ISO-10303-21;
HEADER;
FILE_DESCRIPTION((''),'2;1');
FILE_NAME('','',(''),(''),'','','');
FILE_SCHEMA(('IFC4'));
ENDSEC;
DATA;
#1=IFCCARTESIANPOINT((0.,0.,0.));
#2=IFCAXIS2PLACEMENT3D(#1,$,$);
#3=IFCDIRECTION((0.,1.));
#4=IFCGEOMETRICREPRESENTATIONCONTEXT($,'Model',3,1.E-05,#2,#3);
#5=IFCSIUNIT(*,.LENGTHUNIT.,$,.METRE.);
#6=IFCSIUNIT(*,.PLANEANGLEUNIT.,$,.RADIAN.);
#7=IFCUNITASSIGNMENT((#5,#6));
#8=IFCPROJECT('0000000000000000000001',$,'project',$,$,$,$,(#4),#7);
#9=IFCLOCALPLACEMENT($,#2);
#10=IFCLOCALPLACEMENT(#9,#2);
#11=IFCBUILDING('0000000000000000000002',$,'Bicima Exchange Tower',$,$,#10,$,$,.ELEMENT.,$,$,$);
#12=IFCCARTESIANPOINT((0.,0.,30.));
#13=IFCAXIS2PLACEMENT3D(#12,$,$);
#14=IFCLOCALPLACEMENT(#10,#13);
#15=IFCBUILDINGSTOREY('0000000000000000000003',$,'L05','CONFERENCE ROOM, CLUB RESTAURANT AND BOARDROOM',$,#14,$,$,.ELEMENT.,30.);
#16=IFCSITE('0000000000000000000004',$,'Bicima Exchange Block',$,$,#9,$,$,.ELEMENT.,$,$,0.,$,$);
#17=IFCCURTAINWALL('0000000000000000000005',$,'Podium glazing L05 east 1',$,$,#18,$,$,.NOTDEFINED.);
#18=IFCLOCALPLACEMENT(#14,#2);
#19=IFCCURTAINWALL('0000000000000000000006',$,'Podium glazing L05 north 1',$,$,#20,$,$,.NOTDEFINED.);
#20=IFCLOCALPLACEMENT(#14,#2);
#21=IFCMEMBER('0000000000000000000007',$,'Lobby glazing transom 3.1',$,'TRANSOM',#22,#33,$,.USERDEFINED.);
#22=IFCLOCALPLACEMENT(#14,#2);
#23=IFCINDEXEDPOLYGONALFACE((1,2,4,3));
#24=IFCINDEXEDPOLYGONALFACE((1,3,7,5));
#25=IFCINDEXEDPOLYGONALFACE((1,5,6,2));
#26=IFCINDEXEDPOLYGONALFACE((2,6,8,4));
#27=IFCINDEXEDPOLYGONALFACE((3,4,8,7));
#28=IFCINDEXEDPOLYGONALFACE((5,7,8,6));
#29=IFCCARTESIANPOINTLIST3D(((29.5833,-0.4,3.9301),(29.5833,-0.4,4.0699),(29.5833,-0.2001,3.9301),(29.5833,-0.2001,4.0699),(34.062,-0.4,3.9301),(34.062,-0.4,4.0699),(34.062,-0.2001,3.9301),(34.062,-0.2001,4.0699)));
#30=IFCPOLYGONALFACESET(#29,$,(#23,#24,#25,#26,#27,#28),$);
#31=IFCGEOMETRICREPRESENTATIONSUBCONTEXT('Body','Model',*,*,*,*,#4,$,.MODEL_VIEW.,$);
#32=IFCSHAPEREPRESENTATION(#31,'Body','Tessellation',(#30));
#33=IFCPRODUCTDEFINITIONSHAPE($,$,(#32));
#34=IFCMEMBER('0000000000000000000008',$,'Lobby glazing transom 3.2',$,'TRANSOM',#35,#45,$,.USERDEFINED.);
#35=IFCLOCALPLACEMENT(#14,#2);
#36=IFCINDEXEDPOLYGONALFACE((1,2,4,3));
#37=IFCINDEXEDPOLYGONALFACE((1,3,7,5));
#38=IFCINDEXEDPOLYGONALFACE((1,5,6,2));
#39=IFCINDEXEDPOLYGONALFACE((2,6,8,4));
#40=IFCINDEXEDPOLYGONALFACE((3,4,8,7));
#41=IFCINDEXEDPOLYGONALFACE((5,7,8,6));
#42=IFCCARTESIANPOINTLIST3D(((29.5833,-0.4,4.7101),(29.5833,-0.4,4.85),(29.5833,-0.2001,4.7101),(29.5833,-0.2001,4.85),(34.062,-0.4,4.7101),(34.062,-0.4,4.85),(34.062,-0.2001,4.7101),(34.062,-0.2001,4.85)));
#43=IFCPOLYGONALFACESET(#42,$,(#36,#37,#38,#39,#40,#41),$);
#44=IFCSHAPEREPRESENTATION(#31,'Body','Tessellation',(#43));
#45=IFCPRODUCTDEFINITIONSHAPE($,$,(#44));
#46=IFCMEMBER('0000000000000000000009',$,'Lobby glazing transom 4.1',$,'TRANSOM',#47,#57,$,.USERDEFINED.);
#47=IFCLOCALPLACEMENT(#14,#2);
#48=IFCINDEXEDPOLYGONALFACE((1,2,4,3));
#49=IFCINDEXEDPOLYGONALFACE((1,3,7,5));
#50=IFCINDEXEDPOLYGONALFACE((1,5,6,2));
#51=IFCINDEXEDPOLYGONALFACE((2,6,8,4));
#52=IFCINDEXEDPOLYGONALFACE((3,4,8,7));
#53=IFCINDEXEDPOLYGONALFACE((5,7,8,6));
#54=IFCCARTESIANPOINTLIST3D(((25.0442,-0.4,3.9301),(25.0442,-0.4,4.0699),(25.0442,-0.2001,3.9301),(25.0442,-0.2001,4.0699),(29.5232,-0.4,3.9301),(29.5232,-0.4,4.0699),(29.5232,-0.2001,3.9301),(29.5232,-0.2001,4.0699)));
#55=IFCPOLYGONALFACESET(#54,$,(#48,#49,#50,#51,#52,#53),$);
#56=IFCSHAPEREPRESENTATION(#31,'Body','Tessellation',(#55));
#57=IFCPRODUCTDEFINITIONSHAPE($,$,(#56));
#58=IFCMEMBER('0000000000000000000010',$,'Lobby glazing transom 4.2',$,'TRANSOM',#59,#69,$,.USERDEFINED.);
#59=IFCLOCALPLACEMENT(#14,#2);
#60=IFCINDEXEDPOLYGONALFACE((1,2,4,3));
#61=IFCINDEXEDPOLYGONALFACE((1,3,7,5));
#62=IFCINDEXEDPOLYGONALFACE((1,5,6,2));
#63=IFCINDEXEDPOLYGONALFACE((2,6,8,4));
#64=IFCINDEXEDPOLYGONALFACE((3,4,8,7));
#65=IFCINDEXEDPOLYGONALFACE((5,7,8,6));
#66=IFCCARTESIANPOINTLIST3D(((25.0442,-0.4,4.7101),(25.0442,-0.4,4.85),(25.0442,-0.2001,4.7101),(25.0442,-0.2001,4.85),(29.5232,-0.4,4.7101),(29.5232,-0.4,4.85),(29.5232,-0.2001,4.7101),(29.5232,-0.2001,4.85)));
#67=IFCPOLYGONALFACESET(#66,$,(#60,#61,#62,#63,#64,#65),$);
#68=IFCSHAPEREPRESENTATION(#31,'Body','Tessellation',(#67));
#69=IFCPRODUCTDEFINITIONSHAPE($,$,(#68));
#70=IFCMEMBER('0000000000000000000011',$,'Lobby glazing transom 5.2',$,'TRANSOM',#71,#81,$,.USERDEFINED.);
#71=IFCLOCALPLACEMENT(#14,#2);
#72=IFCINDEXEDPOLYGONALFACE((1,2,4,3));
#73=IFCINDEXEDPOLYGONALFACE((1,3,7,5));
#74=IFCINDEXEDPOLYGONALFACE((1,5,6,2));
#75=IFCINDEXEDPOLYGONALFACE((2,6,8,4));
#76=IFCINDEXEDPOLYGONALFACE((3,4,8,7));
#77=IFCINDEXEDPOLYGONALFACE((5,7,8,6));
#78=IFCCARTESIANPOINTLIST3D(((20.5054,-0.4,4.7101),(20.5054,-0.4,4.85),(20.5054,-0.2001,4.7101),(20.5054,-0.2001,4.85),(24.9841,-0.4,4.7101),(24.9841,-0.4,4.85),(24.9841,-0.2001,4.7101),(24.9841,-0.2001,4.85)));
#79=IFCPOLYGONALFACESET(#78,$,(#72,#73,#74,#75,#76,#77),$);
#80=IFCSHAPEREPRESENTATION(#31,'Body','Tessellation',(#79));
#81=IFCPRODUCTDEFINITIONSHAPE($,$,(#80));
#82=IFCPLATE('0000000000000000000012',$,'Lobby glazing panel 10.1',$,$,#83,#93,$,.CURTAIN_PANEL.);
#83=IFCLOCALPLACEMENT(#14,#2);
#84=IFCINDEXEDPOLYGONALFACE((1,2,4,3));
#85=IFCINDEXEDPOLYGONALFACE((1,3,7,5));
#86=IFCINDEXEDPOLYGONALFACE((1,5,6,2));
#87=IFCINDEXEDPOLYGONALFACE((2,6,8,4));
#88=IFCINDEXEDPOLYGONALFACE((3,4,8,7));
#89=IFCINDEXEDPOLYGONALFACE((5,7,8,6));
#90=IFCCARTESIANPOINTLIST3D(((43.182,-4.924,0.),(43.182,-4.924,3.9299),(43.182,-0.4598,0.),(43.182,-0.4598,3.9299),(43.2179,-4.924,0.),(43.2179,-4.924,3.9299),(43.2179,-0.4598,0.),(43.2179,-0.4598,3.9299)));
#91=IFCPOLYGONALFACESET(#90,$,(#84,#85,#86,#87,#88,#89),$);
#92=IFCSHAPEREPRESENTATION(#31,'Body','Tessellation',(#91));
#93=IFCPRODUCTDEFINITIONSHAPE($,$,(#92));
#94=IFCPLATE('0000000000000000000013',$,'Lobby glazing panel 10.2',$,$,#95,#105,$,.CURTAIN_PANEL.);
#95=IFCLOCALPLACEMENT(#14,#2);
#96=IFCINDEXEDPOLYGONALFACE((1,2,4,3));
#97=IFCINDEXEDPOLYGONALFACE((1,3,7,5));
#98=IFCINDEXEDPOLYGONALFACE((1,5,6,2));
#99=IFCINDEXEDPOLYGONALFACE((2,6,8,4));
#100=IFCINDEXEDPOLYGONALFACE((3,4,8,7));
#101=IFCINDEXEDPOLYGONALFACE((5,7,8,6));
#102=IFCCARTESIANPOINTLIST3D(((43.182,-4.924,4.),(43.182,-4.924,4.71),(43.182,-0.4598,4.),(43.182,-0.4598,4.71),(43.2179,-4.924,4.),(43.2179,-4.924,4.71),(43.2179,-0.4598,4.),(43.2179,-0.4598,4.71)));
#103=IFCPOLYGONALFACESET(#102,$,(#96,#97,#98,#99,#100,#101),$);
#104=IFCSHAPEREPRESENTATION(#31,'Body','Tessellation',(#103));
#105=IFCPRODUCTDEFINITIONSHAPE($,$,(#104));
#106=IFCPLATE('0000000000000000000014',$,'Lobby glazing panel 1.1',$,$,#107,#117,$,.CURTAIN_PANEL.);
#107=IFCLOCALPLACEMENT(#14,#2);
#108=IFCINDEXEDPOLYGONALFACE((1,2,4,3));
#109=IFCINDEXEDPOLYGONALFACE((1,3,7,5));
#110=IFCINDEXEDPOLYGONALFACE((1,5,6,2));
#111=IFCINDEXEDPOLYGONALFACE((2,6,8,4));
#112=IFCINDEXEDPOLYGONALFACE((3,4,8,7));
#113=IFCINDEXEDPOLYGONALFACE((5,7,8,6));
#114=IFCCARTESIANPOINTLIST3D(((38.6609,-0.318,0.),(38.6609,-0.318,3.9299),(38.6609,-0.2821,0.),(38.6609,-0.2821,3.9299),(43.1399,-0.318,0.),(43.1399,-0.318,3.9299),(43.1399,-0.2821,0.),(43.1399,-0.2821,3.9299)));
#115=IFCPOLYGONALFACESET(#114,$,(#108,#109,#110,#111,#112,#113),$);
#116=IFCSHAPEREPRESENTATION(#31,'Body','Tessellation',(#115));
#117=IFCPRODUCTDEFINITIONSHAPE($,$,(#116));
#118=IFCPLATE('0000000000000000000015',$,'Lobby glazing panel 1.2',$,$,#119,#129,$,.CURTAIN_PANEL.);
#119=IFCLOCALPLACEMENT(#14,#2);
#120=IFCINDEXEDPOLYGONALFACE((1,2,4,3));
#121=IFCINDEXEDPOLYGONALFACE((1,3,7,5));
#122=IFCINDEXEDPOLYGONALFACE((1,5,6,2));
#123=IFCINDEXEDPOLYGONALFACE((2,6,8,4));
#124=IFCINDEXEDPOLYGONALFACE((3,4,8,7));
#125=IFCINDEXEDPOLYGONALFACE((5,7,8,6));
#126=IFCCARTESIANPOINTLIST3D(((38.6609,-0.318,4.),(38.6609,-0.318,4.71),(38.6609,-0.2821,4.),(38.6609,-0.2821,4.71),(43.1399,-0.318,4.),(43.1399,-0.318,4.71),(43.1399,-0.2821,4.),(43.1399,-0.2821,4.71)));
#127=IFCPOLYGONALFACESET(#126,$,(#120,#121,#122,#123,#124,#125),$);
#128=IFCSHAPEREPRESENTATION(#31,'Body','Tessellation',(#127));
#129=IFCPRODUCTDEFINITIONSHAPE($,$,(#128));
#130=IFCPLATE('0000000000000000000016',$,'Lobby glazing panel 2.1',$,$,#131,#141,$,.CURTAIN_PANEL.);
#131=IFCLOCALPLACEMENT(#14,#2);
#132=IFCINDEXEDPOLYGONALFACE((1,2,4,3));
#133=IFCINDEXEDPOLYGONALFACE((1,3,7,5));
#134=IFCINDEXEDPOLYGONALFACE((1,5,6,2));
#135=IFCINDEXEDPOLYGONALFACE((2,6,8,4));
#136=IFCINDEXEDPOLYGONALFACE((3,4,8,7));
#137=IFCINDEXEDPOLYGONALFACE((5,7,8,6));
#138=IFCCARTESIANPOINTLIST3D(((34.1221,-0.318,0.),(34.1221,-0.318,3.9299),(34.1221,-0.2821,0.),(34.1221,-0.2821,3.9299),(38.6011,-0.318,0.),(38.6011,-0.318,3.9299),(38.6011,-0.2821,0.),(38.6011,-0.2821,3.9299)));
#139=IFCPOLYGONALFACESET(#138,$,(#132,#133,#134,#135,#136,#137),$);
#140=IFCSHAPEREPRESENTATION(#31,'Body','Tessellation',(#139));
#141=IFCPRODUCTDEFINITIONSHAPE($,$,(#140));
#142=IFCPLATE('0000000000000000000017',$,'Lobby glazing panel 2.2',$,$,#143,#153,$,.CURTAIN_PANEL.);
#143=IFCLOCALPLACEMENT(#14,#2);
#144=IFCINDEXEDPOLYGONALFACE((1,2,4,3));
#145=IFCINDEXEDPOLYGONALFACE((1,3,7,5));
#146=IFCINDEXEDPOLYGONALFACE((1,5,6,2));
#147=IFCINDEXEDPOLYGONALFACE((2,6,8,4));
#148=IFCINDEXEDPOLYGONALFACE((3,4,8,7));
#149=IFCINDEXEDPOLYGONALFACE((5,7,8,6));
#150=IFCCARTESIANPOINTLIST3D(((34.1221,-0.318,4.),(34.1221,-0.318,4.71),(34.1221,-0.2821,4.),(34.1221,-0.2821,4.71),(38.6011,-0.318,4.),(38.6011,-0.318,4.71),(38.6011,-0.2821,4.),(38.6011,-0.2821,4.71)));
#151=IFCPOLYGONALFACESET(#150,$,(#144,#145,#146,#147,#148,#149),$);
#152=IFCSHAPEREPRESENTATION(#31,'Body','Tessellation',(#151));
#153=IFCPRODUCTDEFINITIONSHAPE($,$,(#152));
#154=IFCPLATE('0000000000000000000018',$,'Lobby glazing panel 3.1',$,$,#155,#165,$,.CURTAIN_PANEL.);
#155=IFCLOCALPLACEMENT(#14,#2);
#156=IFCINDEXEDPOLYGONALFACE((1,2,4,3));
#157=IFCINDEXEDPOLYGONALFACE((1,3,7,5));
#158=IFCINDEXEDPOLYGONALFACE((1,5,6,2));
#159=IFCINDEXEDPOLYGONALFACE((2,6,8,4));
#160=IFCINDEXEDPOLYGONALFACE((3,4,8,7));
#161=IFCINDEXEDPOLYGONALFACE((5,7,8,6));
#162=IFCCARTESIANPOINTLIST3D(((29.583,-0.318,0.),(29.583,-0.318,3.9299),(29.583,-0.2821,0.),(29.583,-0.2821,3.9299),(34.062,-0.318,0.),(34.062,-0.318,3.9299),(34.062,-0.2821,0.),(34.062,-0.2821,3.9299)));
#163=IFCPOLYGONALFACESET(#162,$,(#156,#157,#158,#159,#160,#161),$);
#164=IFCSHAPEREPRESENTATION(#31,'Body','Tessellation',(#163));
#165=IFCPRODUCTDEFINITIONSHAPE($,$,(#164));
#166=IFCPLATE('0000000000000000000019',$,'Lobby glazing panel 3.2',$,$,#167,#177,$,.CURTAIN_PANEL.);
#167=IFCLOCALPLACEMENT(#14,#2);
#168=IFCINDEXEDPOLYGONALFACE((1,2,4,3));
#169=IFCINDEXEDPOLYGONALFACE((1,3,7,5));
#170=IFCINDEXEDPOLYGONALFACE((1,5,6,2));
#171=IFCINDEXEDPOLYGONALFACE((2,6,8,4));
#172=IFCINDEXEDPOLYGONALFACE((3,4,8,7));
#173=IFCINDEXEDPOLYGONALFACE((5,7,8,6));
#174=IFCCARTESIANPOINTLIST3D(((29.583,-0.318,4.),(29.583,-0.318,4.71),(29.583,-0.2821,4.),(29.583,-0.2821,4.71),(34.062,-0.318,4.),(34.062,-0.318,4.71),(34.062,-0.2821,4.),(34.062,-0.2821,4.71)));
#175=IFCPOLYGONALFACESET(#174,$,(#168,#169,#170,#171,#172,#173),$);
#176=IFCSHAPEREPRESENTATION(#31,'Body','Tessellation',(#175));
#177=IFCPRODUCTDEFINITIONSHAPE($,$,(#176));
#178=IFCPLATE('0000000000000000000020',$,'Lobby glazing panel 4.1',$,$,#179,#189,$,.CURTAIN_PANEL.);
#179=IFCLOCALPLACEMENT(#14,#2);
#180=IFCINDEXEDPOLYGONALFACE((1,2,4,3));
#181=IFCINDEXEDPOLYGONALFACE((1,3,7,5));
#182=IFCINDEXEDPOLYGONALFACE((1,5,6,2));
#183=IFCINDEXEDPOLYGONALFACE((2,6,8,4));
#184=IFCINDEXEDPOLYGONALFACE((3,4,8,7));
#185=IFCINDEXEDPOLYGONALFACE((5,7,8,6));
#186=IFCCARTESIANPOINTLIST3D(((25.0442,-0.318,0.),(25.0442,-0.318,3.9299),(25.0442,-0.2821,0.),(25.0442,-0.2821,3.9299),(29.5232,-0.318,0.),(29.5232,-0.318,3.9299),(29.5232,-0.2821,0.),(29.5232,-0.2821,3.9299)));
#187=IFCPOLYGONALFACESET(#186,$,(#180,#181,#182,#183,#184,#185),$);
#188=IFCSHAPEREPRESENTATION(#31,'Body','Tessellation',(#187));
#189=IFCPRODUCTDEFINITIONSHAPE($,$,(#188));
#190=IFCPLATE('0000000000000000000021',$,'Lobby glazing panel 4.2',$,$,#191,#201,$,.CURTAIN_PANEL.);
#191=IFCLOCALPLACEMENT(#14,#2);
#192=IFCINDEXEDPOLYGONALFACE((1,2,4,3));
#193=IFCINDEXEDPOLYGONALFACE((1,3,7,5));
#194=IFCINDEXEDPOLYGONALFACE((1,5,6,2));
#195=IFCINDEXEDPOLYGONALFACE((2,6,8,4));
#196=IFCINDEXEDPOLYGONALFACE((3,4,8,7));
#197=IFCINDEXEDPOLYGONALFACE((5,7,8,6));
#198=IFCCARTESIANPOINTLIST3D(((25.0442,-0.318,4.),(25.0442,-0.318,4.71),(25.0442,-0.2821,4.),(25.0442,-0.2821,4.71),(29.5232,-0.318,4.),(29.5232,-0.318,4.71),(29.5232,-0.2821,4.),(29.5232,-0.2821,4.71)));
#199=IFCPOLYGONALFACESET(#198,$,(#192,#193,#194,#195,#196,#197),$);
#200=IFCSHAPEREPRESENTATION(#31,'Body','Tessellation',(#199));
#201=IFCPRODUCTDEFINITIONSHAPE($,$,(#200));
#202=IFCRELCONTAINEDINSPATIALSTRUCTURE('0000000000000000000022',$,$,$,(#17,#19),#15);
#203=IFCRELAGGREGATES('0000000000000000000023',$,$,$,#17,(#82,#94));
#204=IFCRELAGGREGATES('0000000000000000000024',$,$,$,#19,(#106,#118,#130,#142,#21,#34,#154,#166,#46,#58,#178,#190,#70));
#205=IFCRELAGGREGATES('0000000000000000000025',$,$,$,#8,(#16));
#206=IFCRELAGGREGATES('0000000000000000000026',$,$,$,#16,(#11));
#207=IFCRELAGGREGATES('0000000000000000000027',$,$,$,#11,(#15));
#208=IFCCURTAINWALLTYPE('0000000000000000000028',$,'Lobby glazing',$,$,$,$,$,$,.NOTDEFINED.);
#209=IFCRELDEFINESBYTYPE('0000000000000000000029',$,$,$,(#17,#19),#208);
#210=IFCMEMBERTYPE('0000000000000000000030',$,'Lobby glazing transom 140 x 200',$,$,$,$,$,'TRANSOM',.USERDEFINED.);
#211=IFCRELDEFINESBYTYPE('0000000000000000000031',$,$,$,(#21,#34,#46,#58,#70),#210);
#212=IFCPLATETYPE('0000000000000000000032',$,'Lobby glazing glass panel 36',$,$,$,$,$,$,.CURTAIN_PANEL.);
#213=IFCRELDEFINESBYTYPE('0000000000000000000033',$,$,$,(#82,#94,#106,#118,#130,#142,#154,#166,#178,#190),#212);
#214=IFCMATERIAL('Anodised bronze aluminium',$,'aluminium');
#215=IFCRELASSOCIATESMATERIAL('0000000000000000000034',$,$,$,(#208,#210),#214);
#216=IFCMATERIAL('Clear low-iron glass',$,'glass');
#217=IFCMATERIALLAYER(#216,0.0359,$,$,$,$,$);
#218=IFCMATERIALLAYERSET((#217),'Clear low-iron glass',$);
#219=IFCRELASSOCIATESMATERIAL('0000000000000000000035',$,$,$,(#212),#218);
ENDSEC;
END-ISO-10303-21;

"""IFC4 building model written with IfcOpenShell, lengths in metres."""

from ifc_helpers import new_model, si_unit, direction, frame, origin, origin_2d, place, context, subcontext, project, spatial, rectangle, extrude, material, layer, layer_set, material_profile, profile_set, type_object, element, aggregate, save


model = new_model("IFC4")

# Units and contexts
model_context = context("Model", 3, precision=1e-05, world=origin(), true_north=direction((0.0, 1.0)))
body_context = subcontext(model_context, "Body", "Model", "MODEL_VIEW")
ifc_project = project(units=[si_unit("LENGTHUNIT", "METRE"), si_unit("PLANEANGLEUNIT", "RADIAN")], contexts=[model_context])

# Site, building, storey
site_placement = place(None, origin())
site = spatial("IfcSite", under=ifc_project, at=site_placement, Name="Bicima Exchange Block", CompositionType="ELEMENT", RefElevation=0.0)
building_placement = place(site_placement, origin())
building = spatial("IfcBuilding", under=site, at=building_placement, Name="Bicima Exchange Tower", CompositionType="ELEMENT")
storey_placement = place(building_placement, frame((0.0, 0.0, 30.0)))
storey = spatial("IfcBuildingStorey", under=building, at=storey_placement, Name="L05", Description="CONFERENCE ROOM, CLUB RESTAURANT AND BOARDROOM", CompositionType="ELEMENT", Elevation=30.0)

# Curtain wall
ifc_material_1 = material(Name="Anodised bronze aluminium", Category="aluminium")
curtain_wall_type = type_object("IfcCurtainWallType", Name="Lobby glazing", PredefinedType="NOTDEFINED", material=ifc_material_1)
curtain_wall_1_placement = place(storey_placement, origin())
curtain_wall_1 = element("IfcCurtainWall", 1, at=curtain_wall_1_placement, inside=storey, type_object=curtain_wall_type, Name="Podium glazing L05 east 1", PredefinedType="NOTDEFINED")

# Curtain wall
curtain_wall_2_placement = place(storey_placement, origin())
curtain_wall_2 = element("IfcCurtainWall", 2, at=curtain_wall_2_placement, inside=storey, type_object=curtain_wall_type, Name="Podium glazing L05 north 1", PredefinedType="NOTDEFINED")

# Members
ifc_material_profile_1 = material_profile(ifc_material_1, rectangle(XDim=0.2, YDim=0.1399, at=origin_2d()))
ifc_profile_set_1 = profile_set([ifc_material_profile_1], Name="Anodised bronze aluminium")
member_type_1 = type_object("IfcMemberType", Name="Lobby glazing transom 140 x 200", ElementType="TRANSOM", PredefinedType="USERDEFINED", material=ifc_profile_set_1)
member_1_placement = place(storey_placement, frame((34.062, -0.3, 4.0), z_axis=(-1.0, 0.0, 0.0), x_axis=(0.0, -1.0, 0.0)))
member_1 = element("IfcMember", 3, at=member_1_placement, type_object=member_type_1, Name="Lobby glazing transom 3.1", ObjectType="TRANSOM", PredefinedType="USERDEFINED", context=body_context, shape_type="SweptSolid", body=[
    extrude(rectangle(XDim=0.2, YDim=0.1399, at=origin_2d()), origin(), (0.0, 0.0, 1.0), 4.4788),
])
member_2_placement = place(storey_placement, frame((34.062, -0.3, 4.78), z_axis=(-1.0, 0.0, 0.0), x_axis=(0.0, -1.0, 0.0)))
member_2 = element("IfcMember", 4, at=member_2_placement, type_object=member_type_1, Name="Lobby glazing transom 3.2", ObjectType="TRANSOM", PredefinedType="USERDEFINED", context=body_context, shape_type="SweptSolid", body=[
    extrude(rectangle(XDim=0.2, YDim=0.1399, at=origin_2d()), origin(), (0.0, 0.0, 1.0), 4.4788),
])
member_3_placement = place(storey_placement, frame((29.5232, -0.3, 4.0), z_axis=(-1.0, 0.0, 0.0), x_axis=(0.0, -1.0, 0.0)))
member_3 = element("IfcMember", 5, at=member_3_placement, type_object=member_type_1, Name="Lobby glazing transom 4.1", ObjectType="TRANSOM", PredefinedType="USERDEFINED", context=body_context, shape_type="SweptSolid", body=[
    extrude(rectangle(XDim=0.2, YDim=0.1399, at=origin_2d()), origin(), (0.0, 0.0, 1.0), 4.479),
])
member_4_placement = place(storey_placement, frame((29.5232, -0.3, 4.78), z_axis=(-1.0, 0.0, 0.0), x_axis=(0.0, -1.0, 0.0)))
member_4 = element("IfcMember", 6, at=member_4_placement, type_object=member_type_1, Name="Lobby glazing transom 4.2", ObjectType="TRANSOM", PredefinedType="USERDEFINED", context=body_context, shape_type="SweptSolid", body=[
    extrude(rectangle(XDim=0.2, YDim=0.1399, at=origin_2d()), origin(), (0.0, 0.0, 1.0), 4.479),
])
member_5_placement = place(storey_placement, frame((24.9841, -0.3, 4.78), z_axis=(-1.0, 0.0, 0.0), x_axis=(0.0, -1.0, 0.0)))
member_5 = element("IfcMember", 7, at=member_5_placement, type_object=member_type_1, Name="Lobby glazing transom 5.2", ObjectType="TRANSOM", PredefinedType="USERDEFINED", context=body_context, shape_type="SweptSolid", body=[
    extrude(rectangle(XDim=0.2, YDim=0.1399, at=origin_2d()), origin(), (0.0, 0.0, 1.0), 4.4788),
])

# Plates
ifc_material_2 = material(Name="Clear low-iron glass", Category="glass")
ifc_layer_1 = layer(ifc_material_2, 0.0359)
ifc_layer_set_1 = layer_set([ifc_layer_1], Name="Clear low-iron glass")
plate_type = type_object("IfcPlateType", Name="Lobby glazing glass panel 36", PredefinedType="CURTAIN_PANEL", material=ifc_layer_set_1)
plate_1_placement = place(storey_placement, frame((43.2, -2.6919, 0.0), z_axis=(0.0, 0.0, 1.0), x_axis=(0.0, 1.0, 0.0)))
plate_1 = element("IfcPlate", 8, at=plate_1_placement, type_object=plate_type, Name="Lobby glazing panel 10.1", PredefinedType="CURTAIN_PANEL", context=body_context, shape_type="SweptSolid", body=[
    extrude(rectangle(XDim=4.4641, YDim=0.0359, at=origin_2d()), origin(), (0.0, 0.0, 1.0), 3.9299),
])
plate_2_placement = place(storey_placement, frame((43.2, -2.6919, 4.0), z_axis=(0.0, 0.0, 1.0), x_axis=(0.0, 1.0, 0.0)))
plate_2 = element("IfcPlate", 9, at=plate_2_placement, type_object=plate_type, Name="Lobby glazing panel 10.2", PredefinedType="CURTAIN_PANEL", context=body_context, shape_type="SweptSolid", body=[
    extrude(rectangle(XDim=4.4641, YDim=0.0359, at=origin_2d()), origin(), (0.0, 0.0, 1.0), 0.71),
])
aggregate(curtain_wall_1, [plate_1, plate_2])
plate_3_placement = place(storey_placement, frame((40.9004, -0.3, 0.0), z_axis=(0.0, 0.0, 1.0), x_axis=(-1.0, 0.0, 0.0)))
plate_3 = element("IfcPlate", 10, at=plate_3_placement, type_object=plate_type, Name="Lobby glazing panel 1.1", PredefinedType="CURTAIN_PANEL", context=body_context, shape_type="SweptSolid", body=[
    extrude(rectangle(XDim=4.479, YDim=0.0359, at=origin_2d()), origin(), (0.0, 0.0, 1.0), 3.9299),
])
plate_4_placement = place(storey_placement, frame((40.9004, -0.3, 4.0), z_axis=(0.0, 0.0, 1.0), x_axis=(-1.0, 0.0, 0.0)))
plate_4 = element("IfcPlate", 11, at=plate_4_placement, type_object=plate_type, Name="Lobby glazing panel 1.2", PredefinedType="CURTAIN_PANEL", context=body_context, shape_type="SweptSolid", body=[
    extrude(rectangle(XDim=4.479, YDim=0.0359, at=origin_2d()), origin(), (0.0, 0.0, 1.0), 0.71),
])
plate_5_placement = place(storey_placement, frame((36.3616, -0.3, 0.0), z_axis=(0.0, 0.0, 1.0), x_axis=(-1.0, 0.0, 0.0)))
plate_5 = element("IfcPlate", 12, at=plate_5_placement, type_object=plate_type, Name="Lobby glazing panel 2.1", PredefinedType="CURTAIN_PANEL", context=body_context, shape_type="SweptSolid", body=[
    extrude(rectangle(XDim=4.479, YDim=0.0359, at=origin_2d()), origin(), (0.0, 0.0, 1.0), 3.9299),
])
plate_6_placement = place(storey_placement, frame((36.3616, -0.3, 4.0), z_axis=(0.0, 0.0, 1.0), x_axis=(-1.0, 0.0, 0.0)))
plate_6 = element("IfcPlate", 13, at=plate_6_placement, type_object=plate_type, Name="Lobby glazing panel 2.2", PredefinedType="CURTAIN_PANEL", context=body_context, shape_type="SweptSolid", body=[
    extrude(rectangle(XDim=4.479, YDim=0.0359, at=origin_2d()), origin(), (0.0, 0.0, 1.0), 0.71),
])
plate_7_placement = place(storey_placement, frame((31.8225, -0.3, 0.0), z_axis=(0.0, 0.0, 1.0), x_axis=(-1.0, 0.0, 0.0)))
plate_7 = element("IfcPlate", 14, at=plate_7_placement, type_object=plate_type, Name="Lobby glazing panel 3.1", PredefinedType="CURTAIN_PANEL", context=body_context, shape_type="SweptSolid", body=[
    extrude(rectangle(XDim=4.479, YDim=0.0359, at=origin_2d()), origin(), (0.0, 0.0, 1.0), 3.9299),
])
plate_8_placement = place(storey_placement, frame((31.8225, -0.3, 4.0), z_axis=(0.0, 0.0, 1.0), x_axis=(-1.0, 0.0, 0.0)))
plate_8 = element("IfcPlate", 15, at=plate_8_placement, type_object=plate_type, Name="Lobby glazing panel 3.2", PredefinedType="CURTAIN_PANEL", context=body_context, shape_type="SweptSolid", body=[
    extrude(rectangle(XDim=4.479, YDim=0.0359, at=origin_2d()), origin(), (0.0, 0.0, 1.0), 0.71),
])
plate_9_placement = place(storey_placement, frame((27.2837, -0.3, 0.0), z_axis=(0.0, 0.0, 1.0), x_axis=(-1.0, 0.0, 0.0)))
plate_9 = element("IfcPlate", 16, at=plate_9_placement, type_object=plate_type, Name="Lobby glazing panel 4.1", PredefinedType="CURTAIN_PANEL", context=body_context, shape_type="SweptSolid", body=[
    extrude(rectangle(XDim=4.479, YDim=0.0359, at=origin_2d()), origin(), (0.0, 0.0, 1.0), 3.9299),
])
plate_10_placement = place(storey_placement, frame((27.2837, -0.3, 4.0), z_axis=(0.0, 0.0, 1.0), x_axis=(-1.0, 0.0, 0.0)))
plate_10 = element("IfcPlate", 17, at=plate_10_placement, type_object=plate_type, Name="Lobby glazing panel 4.2", PredefinedType="CURTAIN_PANEL", context=body_context, shape_type="SweptSolid", body=[
    extrude(rectangle(XDim=4.479, YDim=0.0359, at=origin_2d()), origin(), (0.0, 0.0, 1.0), 0.71),
])
aggregate(curtain_wall_2, [plate_3, plate_4, plate_5, plate_6, member_1, member_2, plate_7, plate_8, member_3, member_4, plate_9, plate_10, member_5])

save(model, "model.ifc")
